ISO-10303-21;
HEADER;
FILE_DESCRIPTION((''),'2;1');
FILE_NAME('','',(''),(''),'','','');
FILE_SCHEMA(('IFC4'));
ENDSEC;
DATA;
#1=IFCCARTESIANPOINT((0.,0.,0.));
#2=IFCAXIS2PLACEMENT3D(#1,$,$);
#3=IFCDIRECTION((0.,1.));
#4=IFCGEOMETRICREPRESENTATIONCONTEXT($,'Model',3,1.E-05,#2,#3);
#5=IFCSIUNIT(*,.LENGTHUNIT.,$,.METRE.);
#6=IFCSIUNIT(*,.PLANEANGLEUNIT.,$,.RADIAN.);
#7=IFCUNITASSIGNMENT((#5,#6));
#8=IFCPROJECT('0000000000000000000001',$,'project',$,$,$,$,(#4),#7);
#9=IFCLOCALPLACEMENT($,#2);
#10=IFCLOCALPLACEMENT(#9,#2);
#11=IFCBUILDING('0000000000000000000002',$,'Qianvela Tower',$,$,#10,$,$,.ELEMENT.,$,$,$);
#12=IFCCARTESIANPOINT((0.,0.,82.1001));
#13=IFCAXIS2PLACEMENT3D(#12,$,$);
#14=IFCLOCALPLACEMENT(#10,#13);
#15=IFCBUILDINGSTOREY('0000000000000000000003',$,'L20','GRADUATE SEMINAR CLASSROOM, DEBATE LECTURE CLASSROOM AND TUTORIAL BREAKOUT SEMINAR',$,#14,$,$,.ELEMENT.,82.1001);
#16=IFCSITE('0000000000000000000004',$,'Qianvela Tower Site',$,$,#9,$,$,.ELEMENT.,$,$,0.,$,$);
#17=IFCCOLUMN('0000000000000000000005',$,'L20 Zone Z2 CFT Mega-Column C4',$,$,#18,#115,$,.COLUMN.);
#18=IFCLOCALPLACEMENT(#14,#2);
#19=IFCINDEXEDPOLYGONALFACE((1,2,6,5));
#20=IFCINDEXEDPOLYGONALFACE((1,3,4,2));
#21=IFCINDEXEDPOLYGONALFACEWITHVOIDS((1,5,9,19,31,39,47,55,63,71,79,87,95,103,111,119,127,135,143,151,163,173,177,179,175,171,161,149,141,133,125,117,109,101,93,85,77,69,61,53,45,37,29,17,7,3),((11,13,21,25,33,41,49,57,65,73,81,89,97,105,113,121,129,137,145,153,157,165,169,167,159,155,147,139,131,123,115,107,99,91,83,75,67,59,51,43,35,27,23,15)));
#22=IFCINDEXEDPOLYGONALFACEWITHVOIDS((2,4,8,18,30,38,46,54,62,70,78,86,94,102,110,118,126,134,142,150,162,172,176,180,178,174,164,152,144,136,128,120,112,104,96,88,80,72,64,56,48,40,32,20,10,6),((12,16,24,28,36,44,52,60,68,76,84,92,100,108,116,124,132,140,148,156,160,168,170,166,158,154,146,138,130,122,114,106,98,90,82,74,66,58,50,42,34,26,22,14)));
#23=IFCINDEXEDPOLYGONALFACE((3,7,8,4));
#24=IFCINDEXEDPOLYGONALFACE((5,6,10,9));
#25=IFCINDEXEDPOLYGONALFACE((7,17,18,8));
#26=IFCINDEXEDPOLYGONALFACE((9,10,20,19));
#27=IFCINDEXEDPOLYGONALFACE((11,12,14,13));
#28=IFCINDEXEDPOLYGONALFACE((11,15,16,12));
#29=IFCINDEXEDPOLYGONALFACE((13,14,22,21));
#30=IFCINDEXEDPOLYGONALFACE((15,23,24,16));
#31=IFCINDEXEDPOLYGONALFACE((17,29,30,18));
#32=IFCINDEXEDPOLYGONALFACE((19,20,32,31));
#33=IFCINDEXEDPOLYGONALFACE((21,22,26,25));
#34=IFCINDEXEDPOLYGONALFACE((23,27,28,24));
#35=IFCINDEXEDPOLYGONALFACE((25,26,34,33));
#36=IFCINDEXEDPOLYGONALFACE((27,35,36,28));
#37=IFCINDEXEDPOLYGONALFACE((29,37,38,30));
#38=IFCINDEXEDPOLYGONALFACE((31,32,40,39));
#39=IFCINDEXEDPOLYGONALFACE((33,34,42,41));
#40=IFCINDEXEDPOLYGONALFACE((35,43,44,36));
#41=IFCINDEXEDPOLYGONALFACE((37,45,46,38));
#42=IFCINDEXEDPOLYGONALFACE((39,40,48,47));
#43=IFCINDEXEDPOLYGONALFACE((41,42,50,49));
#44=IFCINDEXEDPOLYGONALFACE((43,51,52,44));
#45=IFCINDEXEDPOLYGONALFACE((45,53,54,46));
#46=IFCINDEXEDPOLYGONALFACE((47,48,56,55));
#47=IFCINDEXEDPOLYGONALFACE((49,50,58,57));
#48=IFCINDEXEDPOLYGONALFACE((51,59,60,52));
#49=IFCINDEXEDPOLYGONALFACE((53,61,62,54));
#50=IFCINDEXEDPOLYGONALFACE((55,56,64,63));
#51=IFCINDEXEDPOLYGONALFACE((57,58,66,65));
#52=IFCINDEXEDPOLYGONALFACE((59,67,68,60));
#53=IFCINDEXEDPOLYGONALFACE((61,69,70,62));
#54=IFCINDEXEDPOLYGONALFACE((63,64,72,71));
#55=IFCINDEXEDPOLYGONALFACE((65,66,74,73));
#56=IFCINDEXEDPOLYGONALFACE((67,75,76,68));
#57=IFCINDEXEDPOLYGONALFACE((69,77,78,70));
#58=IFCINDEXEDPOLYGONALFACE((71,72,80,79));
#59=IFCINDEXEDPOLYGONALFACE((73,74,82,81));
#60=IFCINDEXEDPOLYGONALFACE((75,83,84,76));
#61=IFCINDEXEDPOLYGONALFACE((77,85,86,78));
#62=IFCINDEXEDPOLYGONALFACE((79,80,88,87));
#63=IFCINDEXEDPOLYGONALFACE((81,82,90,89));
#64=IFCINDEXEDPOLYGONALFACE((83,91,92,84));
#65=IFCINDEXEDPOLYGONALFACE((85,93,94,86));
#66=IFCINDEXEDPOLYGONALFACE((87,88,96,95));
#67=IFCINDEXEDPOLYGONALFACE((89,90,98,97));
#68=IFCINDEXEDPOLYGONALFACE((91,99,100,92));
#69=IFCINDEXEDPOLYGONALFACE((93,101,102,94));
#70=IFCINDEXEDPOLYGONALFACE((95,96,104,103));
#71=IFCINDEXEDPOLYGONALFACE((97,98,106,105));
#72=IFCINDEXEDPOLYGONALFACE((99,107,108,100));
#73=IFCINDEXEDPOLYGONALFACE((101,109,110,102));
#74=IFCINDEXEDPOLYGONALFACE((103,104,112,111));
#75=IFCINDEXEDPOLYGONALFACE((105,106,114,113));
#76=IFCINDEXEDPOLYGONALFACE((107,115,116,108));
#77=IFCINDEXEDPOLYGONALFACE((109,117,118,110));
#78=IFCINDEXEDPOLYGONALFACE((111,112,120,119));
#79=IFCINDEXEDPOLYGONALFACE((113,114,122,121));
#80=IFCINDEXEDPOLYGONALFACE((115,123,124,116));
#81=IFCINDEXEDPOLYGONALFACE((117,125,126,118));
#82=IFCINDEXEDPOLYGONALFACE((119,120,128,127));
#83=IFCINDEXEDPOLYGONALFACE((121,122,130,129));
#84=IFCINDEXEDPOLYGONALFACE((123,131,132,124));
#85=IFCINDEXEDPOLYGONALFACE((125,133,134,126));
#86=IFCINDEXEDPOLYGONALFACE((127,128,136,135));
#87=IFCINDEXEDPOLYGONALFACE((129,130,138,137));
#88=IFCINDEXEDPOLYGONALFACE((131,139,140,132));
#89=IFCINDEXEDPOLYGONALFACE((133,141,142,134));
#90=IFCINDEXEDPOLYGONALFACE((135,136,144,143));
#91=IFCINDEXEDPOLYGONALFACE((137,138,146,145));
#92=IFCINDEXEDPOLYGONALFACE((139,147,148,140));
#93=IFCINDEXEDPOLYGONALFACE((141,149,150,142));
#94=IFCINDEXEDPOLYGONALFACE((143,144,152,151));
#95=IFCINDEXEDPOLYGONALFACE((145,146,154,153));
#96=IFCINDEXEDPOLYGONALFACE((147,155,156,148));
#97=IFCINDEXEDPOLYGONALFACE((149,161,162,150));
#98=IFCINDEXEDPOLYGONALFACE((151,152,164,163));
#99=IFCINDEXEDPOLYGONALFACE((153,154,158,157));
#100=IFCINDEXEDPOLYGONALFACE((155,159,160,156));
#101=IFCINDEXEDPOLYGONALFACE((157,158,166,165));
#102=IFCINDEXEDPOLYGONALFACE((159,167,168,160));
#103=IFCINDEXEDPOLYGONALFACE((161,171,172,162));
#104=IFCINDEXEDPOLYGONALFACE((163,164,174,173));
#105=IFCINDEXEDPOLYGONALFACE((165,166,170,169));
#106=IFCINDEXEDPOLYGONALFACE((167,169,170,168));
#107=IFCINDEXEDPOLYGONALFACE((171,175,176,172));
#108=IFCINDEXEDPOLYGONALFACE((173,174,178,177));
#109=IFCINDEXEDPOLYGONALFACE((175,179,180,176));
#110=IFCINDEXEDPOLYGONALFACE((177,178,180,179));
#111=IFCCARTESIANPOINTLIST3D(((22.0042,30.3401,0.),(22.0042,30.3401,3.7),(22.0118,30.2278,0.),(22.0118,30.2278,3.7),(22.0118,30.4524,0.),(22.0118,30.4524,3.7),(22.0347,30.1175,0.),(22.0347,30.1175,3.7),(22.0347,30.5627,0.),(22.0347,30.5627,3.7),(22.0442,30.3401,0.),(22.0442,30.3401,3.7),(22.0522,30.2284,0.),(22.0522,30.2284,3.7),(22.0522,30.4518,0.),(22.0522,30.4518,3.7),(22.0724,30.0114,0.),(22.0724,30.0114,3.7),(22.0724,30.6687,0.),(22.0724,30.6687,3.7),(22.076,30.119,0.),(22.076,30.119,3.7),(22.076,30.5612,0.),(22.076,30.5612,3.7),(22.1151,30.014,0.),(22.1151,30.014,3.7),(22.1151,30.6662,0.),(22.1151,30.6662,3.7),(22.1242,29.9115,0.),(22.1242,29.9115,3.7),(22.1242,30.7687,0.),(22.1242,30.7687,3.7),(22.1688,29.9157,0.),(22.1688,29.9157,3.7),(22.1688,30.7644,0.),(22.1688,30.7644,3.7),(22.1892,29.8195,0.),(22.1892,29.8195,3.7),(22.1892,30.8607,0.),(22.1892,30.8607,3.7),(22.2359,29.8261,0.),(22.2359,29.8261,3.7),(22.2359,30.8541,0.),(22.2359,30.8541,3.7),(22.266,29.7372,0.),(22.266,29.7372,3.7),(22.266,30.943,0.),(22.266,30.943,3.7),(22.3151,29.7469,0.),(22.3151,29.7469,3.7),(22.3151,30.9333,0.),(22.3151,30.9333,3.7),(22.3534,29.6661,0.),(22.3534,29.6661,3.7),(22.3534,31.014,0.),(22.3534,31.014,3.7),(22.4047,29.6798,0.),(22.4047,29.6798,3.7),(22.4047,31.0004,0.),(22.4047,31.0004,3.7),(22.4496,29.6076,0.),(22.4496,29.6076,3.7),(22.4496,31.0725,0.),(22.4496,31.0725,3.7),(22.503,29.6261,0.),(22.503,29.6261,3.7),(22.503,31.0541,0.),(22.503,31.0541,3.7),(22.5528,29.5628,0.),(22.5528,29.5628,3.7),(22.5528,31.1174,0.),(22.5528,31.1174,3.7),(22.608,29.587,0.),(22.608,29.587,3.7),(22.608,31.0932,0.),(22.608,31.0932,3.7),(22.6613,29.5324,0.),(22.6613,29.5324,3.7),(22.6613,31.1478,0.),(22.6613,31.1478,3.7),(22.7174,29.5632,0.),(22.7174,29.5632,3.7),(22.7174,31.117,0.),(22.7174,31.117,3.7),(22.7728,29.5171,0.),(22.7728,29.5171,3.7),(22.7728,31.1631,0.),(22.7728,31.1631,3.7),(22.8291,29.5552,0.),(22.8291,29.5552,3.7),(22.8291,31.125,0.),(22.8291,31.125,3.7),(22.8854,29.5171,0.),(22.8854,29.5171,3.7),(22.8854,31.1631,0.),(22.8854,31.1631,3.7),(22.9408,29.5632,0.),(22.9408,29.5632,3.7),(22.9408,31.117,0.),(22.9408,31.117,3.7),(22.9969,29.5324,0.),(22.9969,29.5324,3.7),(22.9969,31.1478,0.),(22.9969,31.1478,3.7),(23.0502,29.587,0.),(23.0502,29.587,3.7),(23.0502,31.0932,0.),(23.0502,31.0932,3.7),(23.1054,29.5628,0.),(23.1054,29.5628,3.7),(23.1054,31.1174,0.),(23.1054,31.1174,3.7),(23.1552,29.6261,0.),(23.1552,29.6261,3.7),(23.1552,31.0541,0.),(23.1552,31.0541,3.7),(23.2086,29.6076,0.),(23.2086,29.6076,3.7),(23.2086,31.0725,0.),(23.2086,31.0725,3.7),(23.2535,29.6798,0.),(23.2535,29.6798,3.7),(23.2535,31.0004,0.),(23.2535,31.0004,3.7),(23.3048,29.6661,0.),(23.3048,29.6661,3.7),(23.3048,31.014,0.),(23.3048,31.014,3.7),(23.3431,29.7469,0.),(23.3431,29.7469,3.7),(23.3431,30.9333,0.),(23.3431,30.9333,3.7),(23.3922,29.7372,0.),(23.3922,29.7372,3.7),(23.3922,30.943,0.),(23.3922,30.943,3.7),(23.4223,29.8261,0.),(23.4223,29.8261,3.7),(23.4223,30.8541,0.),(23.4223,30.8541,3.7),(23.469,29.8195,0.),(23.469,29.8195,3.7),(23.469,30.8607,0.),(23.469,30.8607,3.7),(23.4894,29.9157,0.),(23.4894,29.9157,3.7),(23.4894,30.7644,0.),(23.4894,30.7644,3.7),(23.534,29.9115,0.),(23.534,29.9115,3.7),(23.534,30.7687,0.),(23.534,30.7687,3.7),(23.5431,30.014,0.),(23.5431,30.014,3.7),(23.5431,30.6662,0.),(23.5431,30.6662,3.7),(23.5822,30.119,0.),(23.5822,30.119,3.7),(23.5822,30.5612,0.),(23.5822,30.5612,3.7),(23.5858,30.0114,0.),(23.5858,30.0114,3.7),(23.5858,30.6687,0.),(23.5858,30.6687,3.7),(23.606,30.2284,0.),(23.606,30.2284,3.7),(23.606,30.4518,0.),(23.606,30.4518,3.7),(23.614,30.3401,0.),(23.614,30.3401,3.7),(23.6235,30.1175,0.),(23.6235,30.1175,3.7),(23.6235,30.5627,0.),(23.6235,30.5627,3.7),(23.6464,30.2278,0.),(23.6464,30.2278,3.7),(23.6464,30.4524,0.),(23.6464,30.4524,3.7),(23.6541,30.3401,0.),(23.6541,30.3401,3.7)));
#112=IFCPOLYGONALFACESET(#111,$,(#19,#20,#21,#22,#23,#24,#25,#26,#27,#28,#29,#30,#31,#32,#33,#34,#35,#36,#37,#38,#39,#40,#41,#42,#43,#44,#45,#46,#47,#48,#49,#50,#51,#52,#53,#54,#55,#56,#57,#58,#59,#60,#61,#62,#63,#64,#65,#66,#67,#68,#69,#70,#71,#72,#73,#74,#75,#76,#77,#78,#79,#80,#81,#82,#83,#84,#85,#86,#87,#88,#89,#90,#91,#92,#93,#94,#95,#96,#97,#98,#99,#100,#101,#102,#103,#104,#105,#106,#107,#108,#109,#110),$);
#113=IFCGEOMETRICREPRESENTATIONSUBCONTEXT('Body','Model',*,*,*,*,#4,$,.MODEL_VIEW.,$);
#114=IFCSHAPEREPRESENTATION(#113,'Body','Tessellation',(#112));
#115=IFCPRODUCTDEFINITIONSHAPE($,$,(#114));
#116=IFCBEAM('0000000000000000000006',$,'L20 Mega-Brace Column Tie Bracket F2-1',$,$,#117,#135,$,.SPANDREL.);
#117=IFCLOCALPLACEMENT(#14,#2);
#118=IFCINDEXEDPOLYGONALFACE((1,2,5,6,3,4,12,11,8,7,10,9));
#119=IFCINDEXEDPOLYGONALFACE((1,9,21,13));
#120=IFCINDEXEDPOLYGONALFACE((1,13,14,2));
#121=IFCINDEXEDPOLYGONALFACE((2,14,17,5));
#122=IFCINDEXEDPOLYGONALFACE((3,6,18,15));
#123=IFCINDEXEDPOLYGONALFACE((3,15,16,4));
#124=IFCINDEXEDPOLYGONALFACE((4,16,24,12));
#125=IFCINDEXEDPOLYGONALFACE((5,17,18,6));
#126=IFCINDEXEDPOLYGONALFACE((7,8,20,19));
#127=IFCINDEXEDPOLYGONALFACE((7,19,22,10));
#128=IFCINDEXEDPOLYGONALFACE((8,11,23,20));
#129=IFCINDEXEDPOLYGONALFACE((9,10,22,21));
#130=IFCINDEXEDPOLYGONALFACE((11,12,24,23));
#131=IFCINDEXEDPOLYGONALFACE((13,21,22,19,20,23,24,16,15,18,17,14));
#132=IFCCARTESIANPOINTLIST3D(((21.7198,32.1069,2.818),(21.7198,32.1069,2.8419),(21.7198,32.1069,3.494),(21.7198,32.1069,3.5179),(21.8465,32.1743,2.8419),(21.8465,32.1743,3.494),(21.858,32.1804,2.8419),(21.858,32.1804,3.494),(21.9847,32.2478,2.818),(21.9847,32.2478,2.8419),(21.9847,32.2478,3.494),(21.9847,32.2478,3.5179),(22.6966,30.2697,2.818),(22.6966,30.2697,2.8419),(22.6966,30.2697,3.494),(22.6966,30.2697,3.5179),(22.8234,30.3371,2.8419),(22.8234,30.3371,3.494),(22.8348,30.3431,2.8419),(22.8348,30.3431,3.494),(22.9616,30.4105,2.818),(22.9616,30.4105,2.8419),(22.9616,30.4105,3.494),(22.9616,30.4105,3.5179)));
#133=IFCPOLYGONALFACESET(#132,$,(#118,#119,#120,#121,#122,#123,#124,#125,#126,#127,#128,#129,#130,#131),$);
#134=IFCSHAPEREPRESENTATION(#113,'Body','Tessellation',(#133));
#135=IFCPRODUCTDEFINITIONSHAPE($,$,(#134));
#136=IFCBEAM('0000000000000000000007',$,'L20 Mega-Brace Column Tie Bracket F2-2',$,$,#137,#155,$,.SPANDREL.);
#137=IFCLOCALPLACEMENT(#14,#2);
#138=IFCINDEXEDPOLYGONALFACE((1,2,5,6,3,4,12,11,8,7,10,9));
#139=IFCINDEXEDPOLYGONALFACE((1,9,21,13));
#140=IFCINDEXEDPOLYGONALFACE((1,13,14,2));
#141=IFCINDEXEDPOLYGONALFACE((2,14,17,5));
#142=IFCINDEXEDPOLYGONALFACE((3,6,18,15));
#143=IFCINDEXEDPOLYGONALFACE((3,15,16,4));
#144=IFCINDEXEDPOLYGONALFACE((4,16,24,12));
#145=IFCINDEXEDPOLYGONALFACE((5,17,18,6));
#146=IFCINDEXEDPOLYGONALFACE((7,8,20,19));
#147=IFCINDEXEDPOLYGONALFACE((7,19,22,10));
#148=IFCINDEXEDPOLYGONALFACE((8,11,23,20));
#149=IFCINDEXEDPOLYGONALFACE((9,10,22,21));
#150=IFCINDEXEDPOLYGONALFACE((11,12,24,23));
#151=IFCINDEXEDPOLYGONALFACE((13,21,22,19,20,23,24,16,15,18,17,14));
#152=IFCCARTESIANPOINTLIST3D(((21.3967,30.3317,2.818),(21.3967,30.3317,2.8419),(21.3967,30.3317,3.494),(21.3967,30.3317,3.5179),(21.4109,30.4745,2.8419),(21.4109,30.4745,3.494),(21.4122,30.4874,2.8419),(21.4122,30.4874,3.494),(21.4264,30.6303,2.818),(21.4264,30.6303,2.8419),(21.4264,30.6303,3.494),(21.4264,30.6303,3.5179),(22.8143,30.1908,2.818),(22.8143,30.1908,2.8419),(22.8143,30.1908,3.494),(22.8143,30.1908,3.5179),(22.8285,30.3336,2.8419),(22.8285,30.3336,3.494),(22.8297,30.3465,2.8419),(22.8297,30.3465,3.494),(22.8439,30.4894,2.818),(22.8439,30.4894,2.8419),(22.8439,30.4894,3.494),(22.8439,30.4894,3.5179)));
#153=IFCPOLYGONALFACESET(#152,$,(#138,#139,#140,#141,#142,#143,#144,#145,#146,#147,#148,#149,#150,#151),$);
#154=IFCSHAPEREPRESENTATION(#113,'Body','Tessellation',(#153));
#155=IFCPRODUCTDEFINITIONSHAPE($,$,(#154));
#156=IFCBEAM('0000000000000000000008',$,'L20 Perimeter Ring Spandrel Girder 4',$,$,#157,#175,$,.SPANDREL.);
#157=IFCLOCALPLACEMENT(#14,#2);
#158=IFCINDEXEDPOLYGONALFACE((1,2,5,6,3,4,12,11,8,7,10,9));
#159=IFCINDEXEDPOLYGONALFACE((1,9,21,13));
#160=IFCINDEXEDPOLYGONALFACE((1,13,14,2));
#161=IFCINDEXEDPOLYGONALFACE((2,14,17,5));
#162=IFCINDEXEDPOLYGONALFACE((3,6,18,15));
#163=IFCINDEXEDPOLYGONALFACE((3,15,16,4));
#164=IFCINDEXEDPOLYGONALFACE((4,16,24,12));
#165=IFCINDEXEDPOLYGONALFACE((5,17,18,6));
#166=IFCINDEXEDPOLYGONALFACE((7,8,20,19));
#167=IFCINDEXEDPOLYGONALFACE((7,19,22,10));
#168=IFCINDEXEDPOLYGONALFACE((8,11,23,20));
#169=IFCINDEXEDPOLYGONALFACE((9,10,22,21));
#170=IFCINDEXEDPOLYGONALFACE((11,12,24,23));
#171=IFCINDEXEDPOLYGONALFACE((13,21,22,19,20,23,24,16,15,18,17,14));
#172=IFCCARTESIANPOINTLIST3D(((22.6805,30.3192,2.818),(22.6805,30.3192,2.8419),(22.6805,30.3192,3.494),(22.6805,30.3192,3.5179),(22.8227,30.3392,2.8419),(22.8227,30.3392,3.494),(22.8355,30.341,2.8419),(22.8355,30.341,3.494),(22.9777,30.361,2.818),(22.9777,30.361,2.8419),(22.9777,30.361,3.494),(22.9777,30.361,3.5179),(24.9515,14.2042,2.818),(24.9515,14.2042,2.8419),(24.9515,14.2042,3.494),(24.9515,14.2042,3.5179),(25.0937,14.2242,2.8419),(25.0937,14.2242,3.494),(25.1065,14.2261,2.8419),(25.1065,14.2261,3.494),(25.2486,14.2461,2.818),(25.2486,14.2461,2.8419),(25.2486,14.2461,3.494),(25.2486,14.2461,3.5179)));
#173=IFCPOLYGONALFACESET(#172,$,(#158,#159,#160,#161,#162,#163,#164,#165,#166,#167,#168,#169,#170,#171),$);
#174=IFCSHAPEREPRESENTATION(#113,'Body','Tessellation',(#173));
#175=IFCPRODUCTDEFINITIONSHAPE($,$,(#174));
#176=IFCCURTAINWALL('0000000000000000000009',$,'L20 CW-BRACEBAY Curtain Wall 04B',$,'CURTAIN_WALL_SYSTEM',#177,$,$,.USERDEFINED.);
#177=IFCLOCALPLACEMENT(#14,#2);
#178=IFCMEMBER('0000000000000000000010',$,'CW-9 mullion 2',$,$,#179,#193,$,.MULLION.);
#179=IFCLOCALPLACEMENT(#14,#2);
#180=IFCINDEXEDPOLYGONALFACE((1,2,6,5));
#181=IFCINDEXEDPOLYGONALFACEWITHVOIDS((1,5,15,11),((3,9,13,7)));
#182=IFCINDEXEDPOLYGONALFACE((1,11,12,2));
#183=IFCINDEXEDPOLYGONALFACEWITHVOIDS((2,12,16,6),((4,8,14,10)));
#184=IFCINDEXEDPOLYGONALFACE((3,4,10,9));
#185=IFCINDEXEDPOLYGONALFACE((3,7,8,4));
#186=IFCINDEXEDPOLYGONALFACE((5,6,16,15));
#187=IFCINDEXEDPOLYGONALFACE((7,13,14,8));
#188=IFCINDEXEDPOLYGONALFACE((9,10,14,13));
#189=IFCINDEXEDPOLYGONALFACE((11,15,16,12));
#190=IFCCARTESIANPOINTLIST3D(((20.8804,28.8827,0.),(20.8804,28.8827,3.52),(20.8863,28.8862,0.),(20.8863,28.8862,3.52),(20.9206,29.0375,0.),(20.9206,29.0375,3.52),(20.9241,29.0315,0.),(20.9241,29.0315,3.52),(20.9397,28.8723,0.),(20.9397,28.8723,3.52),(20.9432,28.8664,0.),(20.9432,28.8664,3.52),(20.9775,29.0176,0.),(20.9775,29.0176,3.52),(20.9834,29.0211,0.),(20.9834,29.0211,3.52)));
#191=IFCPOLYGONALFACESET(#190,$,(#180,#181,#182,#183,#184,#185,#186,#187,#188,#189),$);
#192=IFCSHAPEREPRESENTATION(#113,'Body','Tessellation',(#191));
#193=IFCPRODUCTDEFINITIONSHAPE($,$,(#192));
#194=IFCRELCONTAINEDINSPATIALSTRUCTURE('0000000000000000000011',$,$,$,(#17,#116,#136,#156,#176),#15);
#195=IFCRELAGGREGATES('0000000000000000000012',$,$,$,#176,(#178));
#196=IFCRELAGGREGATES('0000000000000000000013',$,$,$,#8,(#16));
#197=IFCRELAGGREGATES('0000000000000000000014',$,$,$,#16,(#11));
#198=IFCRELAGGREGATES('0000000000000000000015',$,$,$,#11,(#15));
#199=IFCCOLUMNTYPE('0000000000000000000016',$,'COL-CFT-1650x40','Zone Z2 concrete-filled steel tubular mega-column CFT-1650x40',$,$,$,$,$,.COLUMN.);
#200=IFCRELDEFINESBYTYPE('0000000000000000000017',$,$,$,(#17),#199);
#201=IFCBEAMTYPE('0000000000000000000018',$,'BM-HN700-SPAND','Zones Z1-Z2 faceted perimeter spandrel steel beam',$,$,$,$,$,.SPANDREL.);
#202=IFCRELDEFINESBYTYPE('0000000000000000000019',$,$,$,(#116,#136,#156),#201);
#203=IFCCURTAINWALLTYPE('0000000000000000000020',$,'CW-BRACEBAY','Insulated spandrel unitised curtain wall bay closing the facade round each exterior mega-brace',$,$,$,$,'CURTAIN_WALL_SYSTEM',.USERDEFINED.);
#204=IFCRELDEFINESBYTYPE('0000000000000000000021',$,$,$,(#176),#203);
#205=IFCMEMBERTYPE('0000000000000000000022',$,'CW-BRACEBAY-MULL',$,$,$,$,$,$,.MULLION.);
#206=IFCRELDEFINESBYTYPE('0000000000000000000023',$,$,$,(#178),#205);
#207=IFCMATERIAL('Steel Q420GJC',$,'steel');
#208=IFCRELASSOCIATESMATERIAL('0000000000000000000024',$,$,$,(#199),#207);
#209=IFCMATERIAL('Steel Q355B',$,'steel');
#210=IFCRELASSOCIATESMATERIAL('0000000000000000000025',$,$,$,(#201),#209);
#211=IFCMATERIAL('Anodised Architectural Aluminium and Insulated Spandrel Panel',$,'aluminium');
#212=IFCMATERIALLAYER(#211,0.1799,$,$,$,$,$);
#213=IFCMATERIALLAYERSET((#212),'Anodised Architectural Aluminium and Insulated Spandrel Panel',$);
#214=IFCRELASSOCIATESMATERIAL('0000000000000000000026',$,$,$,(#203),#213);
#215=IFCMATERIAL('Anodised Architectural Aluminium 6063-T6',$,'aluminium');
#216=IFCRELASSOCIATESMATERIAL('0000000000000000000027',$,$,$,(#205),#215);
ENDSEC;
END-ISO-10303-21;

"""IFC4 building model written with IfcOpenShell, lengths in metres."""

from ifc_helpers import new_model, si_unit, direction, frame, origin, origin_2d, place, context, subcontext, project, spatial, hollow_rectangle, hollow_circle, i_section, extrude, material, layer, layer_set, material_profile, profile_set, type_object, element, aggregate, save


model = new_model("IFC4")

# Units and contexts
model_context = context("Model", 3, precision=1e-05, world=origin(), true_north=direction((0.0, 1.0)))
body_context = subcontext(model_context, "Body", "Model", "MODEL_VIEW")
ifc_project = project(units=[si_unit("LENGTHUNIT", "METRE"), si_unit("PLANEANGLEUNIT", "RADIAN")], contexts=[model_context])

# Site, building, storey
site_placement = place(None, origin())
site = spatial("IfcSite", under=ifc_project, at=site_placement, Name="Qianvela Tower Site", CompositionType="ELEMENT", RefElevation=0.0)
building_placement = place(site_placement, origin())
building = spatial("IfcBuilding", under=site, at=building_placement, Name="Qianvela Tower", CompositionType="ELEMENT")
storey_placement = place(building_placement, frame((0.0, 0.0, 82.1001)))
storey = spatial("IfcBuildingStorey", under=building, at=storey_placement, Name="L20", Description="GRADUATE SEMINAR CLASSROOM, DEBATE LECTURE CLASSROOM AND TUTORIAL BREAKOUT SEMINAR", CompositionType="ELEMENT", Elevation=82.1001)

# Column
ifc_material_1 = material(Name="Steel Q420GJC", Category="steel")
ifc_material_profile_1 = material_profile(ifc_material_1, hollow_circle(Radius=0.825, WallThickness=0.04, at=origin_2d()), Name="CFT-1650x40")
ifc_profile_set_1 = profile_set([ifc_material_profile_1], Name="Steel Q420GJC")
column_type = type_object("IfcColumnType", Name="COL-CFT-1650x40", Description="Zone Z2 concrete-filled steel tubular mega-column CFT-1650x40", PredefinedType="COLUMN", material=ifc_profile_set_1)
column_placement = place(storey_placement, frame((22.8291, 30.3401, 0.0), z_axis=(0.0, 0.0, 1.0), x_axis=(1.0, 0.0, 0.0)))
element("IfcColumn", 1, at=column_placement, inside=storey, type_object=column_type, Name="L20 Zone Z2 CFT Mega-Column C4", PredefinedType="COLUMN", context=body_context, shape_type="SweptSolid", body=[
    extrude(hollow_circle(Radius=0.825, WallThickness=0.04, at=origin_2d()), origin(), (0.0, 0.0, 1.0), 3.7),
])

# Beams
ifc_material_2 = material(Name="Steel Q355B", Category="steel")
ifc_material_profile_2 = material_profile(ifc_material_2, i_section(OverallWidth=0.3, OverallDepth=0.7, WebThickness=0.0129, FlangeThickness=0.0239, at=origin_2d()), Name="HN700x300x13x24")
ifc_profile_set_2 = profile_set([ifc_material_profile_2], Name="Steel Q355B")
beam_type = type_object("IfcBeamType", Name="BM-HN700-SPAND", Description="Zones Z1-Z2 faceted perimeter spandrel steel beam", PredefinedType="SPANDREL", material=ifc_profile_set_2)
beam_1_placement = place(storey_placement, frame((22.8291, 30.3401, 3.168), z_axis=(-0.469461, 0.882953, 0.0), x_axis=(-0.882953, -0.469461, 0.0)))
element("IfcBeam", 2, at=beam_1_placement, inside=storey, type_object=beam_type, Name="L20 Mega-Brace Column Tie Bracket F2-1", PredefinedType="SPANDREL", context=body_context, shape_type="SweptSolid", body=[
    extrude(i_section(OverallWidth=0.3, OverallDepth=0.7, WebThickness=0.0129, FlangeThickness=0.0239, at=origin_2d()), origin(), (0.0, 0.0, 1.0), 2.0808),
])
beam_2_placement = place(storey_placement, frame((22.8291, 30.3401, 3.168), z_axis=(-0.995098, 0.098893, 0.0), x_axis=(-0.098893, -0.995098, 0.0)))
element("IfcBeam", 3, at=beam_2_placement, inside=storey, type_object=beam_type, Name="L20 Mega-Brace Column Tie Bracket F2-2", PredefinedType="SPANDREL", context=body_context, shape_type="SweptSolid", body=[
    extrude(i_section(OverallWidth=0.3, OverallDepth=0.7, WebThickness=0.0129, FlangeThickness=0.0239, at=origin_2d()), origin(), (0.0, 0.0, 1.0), 1.4246),
])
beam_3_placement = place(storey_placement, frame((22.8291, 30.3401, 3.168), z_axis=(0.139546, -0.990216, 0.0), x_axis=(0.990216, 0.139546, 0.0)))
element("IfcBeam", 4, at=beam_3_placement, inside=storey, type_object=beam_type, Name="L20 Perimeter Ring Spandrel Girder 4", PredefinedType="SPANDREL", context=body_context, shape_type="SweptSolid", body=[
    extrude(i_section(OverallWidth=0.3, OverallDepth=0.7, WebThickness=0.0129, FlangeThickness=0.0239, at=origin_2d()), origin(), (0.0, 0.0, 1.0), 16.2742),
])

# Curtain wall, member
ifc_material_3 = material(Name="Anodised Architectural Aluminium and Insulated Spandrel Panel", Category="aluminium")
ifc_layer_1 = layer(ifc_material_3, 0.1799)
ifc_layer_set_1 = layer_set([ifc_layer_1], Name="Anodised Architectural Aluminium and Insulated Spandrel Panel")
curtain_wall_type_1 = type_object("IfcCurtainWallType", Name="CW-BRACEBAY", Description="Insulated spandrel unitised curtain wall bay closing the facade round each exterior mega-brace", ElementType="CURTAIN_WALL_SYSTEM", PredefinedType="USERDEFINED", material=ifc_layer_set_1)
curtain_wall_1_placement = place(storey_placement, origin())
curtain_wall_1 = element("IfcCurtainWall", 5, at=curtain_wall_1_placement, inside=storey, type_object=curtain_wall_type_1, Name="L20 CW-BRACEBAY Curtain Wall 04B", ObjectType="CURTAIN_WALL_SYSTEM", PredefinedType="USERDEFINED")
ifc_material_4 = material(Name="Anodised Architectural Aluminium 6063-T6", Category="aluminium")
ifc_material_profile_3 = material_profile(ifc_material_4, hollow_rectangle(XDim=0.0649, YDim=0.1599, WallThickness=0.0049, at=origin_2d()), Name="ALU-MULL-65x160")
ifc_profile_set_3 = profile_set([ifc_material_profile_3], Name="Anodised Architectural Aluminium 6063-T6")
member_type_1 = type_object("IfcMemberType", Name="CW-BRACEBAY-MULL", PredefinedType="MULLION", material=ifc_profile_set_3)
member_1_placement = place(storey_placement, frame((20.9319, 28.9519, 0.0), z_axis=(0.0, 0.0, 1.0), x_axis=(0.967884, -0.251396, 0.0)))
member_1 = element("IfcMember", 6, at=member_1_placement, type_object=member_type_1, Name="CW-9 mullion 2", PredefinedType="MULLION", context=body_context, shape_type="SweptSolid", body=[
    extrude(hollow_rectangle(XDim=0.0649, YDim=0.1599, WallThickness=0.0049, at=origin_2d()), origin(), (0.0, 0.0, 1.0), 3.52),
])

aggregate(curtain_wall_1, [member_1])

save(model, "model.ifc")
